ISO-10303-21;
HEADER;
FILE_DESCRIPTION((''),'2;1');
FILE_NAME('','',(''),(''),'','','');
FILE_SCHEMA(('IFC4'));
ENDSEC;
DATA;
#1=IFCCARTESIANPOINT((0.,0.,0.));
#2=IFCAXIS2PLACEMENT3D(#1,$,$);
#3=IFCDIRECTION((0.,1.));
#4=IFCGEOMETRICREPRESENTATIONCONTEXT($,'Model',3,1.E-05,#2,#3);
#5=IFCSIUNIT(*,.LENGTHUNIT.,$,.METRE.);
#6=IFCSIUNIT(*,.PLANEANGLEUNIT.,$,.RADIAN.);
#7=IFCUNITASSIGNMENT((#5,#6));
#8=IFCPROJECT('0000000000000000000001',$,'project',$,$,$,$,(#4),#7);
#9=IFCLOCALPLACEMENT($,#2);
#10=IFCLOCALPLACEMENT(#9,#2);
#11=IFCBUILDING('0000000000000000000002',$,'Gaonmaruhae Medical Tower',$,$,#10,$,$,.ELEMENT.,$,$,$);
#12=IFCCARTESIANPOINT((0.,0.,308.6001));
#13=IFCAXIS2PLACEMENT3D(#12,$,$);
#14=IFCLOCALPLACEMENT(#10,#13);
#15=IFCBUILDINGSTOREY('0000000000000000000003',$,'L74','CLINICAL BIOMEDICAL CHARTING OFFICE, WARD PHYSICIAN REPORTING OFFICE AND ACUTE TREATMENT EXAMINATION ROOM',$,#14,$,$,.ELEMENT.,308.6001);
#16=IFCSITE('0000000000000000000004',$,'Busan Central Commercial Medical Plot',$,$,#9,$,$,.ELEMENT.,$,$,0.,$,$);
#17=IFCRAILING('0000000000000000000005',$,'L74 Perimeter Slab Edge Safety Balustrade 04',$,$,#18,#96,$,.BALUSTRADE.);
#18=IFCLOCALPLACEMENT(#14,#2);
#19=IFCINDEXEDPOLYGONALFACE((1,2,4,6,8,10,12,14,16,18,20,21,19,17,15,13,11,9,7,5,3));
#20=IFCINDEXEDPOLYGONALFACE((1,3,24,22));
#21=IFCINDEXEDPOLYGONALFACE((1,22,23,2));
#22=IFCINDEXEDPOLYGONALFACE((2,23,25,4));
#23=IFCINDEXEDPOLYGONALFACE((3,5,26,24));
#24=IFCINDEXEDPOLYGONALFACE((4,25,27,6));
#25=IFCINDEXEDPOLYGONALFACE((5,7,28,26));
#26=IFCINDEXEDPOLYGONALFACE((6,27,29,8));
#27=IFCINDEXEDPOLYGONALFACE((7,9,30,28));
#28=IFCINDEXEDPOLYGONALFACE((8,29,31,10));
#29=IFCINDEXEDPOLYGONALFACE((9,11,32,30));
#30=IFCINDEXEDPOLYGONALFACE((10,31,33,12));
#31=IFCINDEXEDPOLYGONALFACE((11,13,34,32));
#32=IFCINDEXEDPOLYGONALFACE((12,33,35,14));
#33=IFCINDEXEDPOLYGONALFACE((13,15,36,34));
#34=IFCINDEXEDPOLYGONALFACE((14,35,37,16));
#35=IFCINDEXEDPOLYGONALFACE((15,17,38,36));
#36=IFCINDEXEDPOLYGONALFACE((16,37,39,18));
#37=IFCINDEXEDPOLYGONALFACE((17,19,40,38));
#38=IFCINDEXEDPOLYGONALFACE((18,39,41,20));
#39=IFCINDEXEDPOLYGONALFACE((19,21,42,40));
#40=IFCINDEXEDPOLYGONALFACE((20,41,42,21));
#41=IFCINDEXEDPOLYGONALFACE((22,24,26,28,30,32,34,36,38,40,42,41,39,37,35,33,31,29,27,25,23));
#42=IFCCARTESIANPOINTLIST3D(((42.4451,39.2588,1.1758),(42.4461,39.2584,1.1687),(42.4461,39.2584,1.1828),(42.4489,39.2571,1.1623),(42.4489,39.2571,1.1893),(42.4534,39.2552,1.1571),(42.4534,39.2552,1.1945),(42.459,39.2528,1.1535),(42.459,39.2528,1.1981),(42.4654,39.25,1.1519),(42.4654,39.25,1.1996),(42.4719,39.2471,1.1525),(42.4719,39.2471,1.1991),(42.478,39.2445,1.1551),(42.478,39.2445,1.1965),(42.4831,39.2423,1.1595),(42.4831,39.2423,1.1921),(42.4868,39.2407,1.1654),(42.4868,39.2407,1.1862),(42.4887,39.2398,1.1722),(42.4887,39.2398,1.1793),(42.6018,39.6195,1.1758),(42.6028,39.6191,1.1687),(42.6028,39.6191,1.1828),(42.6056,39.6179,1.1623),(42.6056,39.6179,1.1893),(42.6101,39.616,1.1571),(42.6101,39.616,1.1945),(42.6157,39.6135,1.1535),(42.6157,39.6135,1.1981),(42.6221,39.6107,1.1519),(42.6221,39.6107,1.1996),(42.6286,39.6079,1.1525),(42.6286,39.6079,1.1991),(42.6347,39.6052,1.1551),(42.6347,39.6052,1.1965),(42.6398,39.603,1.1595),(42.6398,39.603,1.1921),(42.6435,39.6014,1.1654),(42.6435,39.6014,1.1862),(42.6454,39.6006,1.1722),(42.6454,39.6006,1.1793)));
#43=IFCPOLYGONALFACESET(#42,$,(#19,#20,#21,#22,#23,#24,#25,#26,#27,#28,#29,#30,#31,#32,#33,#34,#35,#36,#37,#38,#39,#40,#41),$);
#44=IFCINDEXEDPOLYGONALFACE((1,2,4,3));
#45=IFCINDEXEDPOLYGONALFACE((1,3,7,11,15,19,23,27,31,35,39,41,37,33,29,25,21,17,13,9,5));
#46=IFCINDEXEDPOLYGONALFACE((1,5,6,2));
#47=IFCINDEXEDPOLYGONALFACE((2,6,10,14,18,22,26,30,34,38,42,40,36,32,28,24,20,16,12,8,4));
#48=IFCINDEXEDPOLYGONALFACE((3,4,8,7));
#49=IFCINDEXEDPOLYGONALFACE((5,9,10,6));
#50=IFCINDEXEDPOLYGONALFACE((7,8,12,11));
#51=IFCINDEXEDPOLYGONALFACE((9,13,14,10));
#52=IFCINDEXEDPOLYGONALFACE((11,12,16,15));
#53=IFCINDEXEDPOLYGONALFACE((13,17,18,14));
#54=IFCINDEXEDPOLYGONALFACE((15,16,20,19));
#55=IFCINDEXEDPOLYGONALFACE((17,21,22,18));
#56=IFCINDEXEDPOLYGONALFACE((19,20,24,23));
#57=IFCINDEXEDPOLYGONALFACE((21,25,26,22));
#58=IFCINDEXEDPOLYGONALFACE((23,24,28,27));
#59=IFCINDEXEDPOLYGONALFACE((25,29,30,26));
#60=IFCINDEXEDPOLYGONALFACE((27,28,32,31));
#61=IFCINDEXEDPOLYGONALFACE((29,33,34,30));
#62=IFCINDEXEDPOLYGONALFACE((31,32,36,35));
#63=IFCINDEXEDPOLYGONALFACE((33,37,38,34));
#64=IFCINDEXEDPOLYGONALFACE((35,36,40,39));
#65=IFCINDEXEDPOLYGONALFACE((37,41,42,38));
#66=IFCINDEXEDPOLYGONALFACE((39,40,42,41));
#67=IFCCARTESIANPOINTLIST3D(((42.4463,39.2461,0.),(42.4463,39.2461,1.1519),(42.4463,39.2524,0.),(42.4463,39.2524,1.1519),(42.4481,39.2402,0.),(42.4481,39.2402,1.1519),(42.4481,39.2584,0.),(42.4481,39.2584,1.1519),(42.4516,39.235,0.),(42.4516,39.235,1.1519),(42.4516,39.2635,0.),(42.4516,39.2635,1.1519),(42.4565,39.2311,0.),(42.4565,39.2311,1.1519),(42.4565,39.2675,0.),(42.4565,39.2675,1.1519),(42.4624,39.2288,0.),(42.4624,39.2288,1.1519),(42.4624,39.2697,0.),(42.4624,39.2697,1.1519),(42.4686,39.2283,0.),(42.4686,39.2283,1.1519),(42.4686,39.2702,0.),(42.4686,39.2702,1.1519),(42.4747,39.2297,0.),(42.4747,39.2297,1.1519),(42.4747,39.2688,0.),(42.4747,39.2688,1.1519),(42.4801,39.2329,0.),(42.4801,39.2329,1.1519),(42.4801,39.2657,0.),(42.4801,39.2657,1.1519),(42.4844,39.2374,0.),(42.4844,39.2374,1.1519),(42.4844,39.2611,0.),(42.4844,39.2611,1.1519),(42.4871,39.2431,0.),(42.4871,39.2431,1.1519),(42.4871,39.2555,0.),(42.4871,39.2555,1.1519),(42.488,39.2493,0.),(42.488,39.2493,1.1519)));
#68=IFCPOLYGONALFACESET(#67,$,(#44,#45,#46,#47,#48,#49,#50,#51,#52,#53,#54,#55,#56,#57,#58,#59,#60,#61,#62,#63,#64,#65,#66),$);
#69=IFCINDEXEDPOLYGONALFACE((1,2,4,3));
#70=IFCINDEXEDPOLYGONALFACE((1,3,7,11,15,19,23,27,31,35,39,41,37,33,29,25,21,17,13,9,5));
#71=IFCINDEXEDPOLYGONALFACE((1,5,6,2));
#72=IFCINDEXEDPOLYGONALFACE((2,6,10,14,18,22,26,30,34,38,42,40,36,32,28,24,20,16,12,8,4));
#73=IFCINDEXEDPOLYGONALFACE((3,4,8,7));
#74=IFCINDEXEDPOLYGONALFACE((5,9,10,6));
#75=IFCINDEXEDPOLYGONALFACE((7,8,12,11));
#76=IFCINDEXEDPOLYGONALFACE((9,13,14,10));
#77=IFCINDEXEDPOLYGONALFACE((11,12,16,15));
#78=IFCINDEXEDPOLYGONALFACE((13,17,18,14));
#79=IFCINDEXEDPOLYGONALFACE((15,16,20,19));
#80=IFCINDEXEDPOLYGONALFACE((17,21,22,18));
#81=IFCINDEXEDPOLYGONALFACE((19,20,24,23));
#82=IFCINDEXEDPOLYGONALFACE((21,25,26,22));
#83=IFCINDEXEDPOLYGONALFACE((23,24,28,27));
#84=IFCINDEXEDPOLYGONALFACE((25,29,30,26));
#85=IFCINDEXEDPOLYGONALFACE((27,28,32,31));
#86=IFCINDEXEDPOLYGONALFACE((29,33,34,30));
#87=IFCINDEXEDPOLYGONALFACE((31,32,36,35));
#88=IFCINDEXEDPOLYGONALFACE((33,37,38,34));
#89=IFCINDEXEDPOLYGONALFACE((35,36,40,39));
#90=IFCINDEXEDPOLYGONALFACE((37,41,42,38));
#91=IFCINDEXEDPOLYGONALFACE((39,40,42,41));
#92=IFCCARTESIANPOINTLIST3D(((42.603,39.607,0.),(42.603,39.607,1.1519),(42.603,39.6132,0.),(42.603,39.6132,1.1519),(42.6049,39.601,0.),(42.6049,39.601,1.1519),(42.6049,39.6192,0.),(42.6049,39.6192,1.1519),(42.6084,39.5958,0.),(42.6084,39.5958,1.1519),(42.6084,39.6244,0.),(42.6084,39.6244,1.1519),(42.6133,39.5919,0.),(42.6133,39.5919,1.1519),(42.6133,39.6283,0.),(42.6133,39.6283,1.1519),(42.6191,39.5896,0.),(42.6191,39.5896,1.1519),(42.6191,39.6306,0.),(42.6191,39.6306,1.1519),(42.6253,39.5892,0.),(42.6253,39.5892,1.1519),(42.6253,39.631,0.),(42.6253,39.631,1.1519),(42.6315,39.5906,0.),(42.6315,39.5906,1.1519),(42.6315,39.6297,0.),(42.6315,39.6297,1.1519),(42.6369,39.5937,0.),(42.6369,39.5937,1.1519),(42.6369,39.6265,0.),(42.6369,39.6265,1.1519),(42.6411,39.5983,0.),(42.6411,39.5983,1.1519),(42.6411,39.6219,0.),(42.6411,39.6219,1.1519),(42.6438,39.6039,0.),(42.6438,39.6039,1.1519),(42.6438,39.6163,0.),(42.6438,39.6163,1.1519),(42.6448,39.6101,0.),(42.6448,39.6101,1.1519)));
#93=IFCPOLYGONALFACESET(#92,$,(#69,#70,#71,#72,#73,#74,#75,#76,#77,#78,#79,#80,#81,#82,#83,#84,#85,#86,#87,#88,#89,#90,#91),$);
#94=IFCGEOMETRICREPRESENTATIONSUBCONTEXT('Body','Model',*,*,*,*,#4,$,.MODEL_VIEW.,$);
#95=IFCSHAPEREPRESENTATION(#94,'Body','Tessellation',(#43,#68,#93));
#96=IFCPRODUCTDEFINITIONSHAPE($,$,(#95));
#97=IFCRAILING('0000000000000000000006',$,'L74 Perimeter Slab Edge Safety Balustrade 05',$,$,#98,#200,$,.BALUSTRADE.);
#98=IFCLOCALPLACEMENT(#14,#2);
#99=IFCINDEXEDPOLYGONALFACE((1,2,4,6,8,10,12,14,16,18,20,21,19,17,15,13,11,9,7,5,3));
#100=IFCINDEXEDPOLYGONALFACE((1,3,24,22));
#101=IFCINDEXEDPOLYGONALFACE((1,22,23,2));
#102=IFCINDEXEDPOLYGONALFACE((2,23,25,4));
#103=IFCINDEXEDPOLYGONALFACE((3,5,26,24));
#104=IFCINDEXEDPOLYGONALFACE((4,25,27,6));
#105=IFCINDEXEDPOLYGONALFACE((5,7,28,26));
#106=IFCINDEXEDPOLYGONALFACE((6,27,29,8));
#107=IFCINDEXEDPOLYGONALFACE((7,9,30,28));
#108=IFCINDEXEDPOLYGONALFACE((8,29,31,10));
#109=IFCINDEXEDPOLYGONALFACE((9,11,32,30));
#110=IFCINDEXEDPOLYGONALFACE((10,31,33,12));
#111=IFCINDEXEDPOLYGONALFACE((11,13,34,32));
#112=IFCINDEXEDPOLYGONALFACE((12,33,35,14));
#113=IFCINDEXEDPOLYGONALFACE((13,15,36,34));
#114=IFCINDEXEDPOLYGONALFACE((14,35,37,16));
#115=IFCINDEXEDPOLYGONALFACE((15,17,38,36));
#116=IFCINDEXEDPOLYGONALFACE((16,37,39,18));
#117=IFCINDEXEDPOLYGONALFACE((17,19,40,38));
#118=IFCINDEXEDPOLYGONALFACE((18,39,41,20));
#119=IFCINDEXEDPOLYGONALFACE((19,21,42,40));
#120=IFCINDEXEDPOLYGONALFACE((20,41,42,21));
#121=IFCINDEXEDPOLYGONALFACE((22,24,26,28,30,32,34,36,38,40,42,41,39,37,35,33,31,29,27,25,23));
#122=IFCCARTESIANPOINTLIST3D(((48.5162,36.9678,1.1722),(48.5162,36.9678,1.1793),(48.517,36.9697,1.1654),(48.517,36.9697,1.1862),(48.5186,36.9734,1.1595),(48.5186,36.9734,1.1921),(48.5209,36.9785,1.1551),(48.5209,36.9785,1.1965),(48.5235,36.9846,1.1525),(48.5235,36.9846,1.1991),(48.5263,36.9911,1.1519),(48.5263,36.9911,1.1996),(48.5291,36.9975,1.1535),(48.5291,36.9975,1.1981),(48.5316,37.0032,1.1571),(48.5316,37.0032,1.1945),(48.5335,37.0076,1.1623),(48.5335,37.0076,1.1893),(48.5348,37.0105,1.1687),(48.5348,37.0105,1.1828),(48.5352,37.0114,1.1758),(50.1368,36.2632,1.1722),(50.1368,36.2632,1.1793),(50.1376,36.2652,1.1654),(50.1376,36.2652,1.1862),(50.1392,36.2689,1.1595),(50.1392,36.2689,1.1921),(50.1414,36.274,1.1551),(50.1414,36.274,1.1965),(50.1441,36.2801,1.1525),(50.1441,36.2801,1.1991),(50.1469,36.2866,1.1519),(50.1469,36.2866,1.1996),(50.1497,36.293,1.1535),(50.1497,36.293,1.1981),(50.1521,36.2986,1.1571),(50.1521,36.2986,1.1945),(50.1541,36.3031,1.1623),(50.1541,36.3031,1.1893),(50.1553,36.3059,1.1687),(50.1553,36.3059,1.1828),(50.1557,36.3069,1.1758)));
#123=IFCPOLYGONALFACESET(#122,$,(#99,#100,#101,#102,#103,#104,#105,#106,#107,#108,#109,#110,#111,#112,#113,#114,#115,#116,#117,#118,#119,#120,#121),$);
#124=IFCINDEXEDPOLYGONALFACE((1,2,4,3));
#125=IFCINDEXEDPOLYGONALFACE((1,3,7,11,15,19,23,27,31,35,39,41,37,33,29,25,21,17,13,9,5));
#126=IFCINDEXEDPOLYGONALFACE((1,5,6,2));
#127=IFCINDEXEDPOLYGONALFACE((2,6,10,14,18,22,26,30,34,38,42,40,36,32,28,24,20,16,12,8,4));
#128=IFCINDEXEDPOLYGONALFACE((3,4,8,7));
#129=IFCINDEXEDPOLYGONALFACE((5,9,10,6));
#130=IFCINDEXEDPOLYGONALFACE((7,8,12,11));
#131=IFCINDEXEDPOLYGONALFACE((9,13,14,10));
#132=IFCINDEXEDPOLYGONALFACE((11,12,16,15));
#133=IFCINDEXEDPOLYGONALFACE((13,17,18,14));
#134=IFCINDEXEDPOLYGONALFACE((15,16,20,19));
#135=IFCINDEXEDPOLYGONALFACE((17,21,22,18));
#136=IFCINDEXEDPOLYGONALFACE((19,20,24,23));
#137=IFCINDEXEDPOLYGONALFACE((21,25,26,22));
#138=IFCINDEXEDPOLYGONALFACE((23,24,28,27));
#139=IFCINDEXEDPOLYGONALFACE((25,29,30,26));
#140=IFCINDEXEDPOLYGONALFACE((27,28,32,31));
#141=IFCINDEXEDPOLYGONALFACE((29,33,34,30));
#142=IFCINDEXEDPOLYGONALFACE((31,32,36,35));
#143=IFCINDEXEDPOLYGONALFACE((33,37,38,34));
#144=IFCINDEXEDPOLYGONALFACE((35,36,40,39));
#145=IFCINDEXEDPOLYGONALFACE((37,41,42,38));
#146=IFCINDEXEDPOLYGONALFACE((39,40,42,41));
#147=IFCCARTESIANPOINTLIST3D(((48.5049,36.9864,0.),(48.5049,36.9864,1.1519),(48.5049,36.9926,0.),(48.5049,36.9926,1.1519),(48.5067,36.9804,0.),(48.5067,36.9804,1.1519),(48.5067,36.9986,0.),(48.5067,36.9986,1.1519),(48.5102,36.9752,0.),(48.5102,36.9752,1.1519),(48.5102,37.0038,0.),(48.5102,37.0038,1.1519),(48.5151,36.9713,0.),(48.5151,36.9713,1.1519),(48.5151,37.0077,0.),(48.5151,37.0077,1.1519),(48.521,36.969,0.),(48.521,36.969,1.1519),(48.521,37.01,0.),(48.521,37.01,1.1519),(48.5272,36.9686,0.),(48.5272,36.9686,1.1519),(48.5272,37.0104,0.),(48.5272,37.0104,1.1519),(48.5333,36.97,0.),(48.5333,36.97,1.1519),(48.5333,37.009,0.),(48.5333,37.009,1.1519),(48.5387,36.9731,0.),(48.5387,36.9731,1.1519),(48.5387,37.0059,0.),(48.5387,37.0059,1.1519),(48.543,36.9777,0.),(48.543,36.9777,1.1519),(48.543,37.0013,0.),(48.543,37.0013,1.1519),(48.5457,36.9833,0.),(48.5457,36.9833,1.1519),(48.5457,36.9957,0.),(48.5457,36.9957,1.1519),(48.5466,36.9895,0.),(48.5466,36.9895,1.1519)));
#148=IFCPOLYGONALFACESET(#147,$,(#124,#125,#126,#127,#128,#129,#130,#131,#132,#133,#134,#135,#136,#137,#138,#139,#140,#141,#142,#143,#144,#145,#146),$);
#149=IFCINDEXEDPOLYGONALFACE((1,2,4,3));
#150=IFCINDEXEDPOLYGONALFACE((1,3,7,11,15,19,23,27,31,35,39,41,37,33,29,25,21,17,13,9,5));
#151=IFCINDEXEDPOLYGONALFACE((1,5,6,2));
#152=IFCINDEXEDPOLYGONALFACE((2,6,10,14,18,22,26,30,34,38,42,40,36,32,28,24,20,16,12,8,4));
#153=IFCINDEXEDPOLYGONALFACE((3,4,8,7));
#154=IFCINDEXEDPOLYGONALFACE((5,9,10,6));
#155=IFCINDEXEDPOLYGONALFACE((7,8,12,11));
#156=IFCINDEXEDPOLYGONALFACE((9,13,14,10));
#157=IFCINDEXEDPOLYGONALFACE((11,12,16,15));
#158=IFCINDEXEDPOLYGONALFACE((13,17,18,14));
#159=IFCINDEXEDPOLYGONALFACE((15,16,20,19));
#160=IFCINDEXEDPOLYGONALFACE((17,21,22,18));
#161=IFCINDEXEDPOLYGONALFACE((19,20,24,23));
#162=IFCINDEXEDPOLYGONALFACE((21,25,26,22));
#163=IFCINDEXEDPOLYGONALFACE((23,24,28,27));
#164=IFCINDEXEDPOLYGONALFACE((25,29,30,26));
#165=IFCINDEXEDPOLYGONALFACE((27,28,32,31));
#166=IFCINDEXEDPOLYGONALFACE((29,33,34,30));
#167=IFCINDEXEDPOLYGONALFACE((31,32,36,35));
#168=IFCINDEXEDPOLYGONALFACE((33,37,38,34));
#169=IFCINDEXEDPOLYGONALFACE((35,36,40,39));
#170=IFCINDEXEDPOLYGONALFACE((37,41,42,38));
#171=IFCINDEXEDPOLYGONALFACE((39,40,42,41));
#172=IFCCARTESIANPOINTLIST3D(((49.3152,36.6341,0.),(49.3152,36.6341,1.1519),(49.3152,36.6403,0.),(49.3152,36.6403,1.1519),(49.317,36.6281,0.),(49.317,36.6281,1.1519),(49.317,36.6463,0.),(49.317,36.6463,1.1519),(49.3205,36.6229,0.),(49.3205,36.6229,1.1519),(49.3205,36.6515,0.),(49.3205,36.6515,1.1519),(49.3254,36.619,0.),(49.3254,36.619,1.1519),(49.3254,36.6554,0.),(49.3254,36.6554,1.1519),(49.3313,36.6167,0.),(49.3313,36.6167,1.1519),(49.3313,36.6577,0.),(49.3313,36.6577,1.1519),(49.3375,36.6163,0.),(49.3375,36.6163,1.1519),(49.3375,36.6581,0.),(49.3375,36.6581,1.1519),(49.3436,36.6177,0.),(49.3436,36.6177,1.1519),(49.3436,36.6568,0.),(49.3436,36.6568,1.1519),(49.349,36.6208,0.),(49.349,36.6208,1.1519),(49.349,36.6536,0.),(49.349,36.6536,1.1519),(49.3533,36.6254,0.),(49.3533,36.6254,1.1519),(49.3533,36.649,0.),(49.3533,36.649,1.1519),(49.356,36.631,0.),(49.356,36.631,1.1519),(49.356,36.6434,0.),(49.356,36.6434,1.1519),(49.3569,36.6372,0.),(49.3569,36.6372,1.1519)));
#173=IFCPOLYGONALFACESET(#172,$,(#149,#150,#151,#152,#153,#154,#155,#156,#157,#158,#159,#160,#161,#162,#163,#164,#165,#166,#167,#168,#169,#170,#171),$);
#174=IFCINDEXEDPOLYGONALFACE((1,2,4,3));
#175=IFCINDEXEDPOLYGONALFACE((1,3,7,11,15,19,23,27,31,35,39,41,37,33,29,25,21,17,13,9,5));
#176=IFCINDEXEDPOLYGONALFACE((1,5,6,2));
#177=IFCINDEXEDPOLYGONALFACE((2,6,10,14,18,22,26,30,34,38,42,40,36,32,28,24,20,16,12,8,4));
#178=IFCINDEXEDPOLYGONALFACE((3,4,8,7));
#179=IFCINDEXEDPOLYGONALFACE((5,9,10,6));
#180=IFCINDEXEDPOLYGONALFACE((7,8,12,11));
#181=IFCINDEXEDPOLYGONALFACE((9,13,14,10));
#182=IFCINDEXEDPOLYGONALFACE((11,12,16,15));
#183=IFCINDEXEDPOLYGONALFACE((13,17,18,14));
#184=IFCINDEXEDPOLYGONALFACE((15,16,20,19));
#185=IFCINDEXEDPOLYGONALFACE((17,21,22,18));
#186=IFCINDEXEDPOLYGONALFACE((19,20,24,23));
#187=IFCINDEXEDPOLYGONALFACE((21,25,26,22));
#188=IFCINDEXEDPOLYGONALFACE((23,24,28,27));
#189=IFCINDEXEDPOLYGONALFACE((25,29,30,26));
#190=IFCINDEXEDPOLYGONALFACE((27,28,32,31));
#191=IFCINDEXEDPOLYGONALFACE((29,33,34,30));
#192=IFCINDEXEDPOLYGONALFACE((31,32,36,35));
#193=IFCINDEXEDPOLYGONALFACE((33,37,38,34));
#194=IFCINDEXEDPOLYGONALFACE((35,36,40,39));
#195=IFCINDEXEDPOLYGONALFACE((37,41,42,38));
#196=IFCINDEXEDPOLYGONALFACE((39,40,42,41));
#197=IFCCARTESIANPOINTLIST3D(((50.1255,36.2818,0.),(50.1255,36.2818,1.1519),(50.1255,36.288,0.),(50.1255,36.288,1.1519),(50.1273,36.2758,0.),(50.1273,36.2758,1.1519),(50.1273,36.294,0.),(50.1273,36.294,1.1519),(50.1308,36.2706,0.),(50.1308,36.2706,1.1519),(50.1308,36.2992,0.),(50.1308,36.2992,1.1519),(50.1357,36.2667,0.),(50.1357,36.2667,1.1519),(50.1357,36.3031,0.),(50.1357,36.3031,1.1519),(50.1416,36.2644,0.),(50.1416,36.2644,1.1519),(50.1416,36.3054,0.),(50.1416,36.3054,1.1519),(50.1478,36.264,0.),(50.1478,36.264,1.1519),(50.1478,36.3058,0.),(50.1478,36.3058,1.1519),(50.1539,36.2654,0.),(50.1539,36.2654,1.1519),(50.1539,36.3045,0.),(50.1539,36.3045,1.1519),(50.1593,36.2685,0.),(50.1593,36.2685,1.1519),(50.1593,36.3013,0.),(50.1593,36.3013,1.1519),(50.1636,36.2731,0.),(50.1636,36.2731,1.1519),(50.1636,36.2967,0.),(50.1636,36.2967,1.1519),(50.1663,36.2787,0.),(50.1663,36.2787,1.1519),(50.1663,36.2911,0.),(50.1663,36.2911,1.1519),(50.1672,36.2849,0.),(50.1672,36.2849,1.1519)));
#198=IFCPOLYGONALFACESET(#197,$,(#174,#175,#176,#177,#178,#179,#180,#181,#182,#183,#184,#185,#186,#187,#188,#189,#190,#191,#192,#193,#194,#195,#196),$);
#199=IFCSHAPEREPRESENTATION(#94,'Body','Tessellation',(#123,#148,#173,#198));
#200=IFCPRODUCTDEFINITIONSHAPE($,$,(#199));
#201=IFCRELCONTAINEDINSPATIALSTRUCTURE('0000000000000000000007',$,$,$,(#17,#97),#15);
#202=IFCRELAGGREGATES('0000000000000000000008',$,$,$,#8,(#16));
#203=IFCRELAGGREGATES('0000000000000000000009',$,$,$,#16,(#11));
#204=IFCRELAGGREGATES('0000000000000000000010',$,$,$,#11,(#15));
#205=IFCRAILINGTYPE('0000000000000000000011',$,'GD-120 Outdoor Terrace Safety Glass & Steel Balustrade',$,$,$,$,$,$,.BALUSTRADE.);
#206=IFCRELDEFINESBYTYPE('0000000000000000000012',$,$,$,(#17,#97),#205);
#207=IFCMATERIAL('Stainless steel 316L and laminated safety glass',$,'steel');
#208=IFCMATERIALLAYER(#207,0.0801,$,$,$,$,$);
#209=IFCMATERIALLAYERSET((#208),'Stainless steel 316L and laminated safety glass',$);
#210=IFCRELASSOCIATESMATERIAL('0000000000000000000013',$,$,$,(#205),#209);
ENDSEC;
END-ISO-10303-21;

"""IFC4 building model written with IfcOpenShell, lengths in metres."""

from ifc_helpers import new_model, si_unit, direction, frame, origin, origin_2d, place, context, subcontext, project, spatial, circle, extrude, material, layer, layer_set, type_object, element, save


model = new_model("IFC4")

# Units and contexts
model_context = context("Model", 3, precision=1e-05, world=origin(), true_north=direction((0.0, 1.0)))
body_context = subcontext(model_context, "Body", "Model", "MODEL_VIEW")
ifc_project = project(units=[si_unit("LENGTHUNIT", "METRE"), si_unit("PLANEANGLEUNIT", "RADIAN")], contexts=[model_context])

# Site, building, storey
site_placement = place(None, origin())
site = spatial("IfcSite", under=ifc_project, at=site_placement, Name="Busan Central Commercial Medical Plot", CompositionType="ELEMENT", RefElevation=0.0)
building_placement = place(site_placement, origin())
building = spatial("IfcBuilding", under=site, at=building_placement, Name="Gaonmaruhae Medical Tower", CompositionType="ELEMENT")
storey_placement = place(building_placement, frame((0.0, 0.0, 308.6001)))
storey = spatial("IfcBuildingStorey", under=building, at=storey_placement, Name="L74", Description="CLINICAL BIOMEDICAL CHARTING OFFICE, WARD PHYSICIAN REPORTING OFFICE AND ACUTE TREATMENT EXAMINATION ROOM", CompositionType="ELEMENT", Elevation=308.6001)

# Railings
ifc_material_1 = material(Name="Stainless steel 316L and laminated safety glass", Category="steel")
ifc_layer_1 = layer(ifc_material_1, 0.0801)
ifc_layer_set_1 = layer_set([ifc_layer_1], Name="Stainless steel 316L and laminated safety glass")
railing_type = type_object("IfcRailingType", Name="GD-120 Outdoor Terrace Safety Glass & Steel Balustrade", PredefinedType="BALUSTRADE", material=ifc_layer_set_1)
railing_1_placement = place(storey_placement, frame((42.467, 39.2493, 0.0)))
element("IfcRailing", 1, at=railing_1_placement, inside=storey, type_object=railing_type, Name="L74 Perimeter Slab Edge Safety Balustrade 04", PredefinedType="BALUSTRADE", context=body_context, shape_type="SweptSolid", body=[
    extrude(circle(Radius=0.0239, at=origin_2d()), frame((0.0, 0.0, 1.1758), z_axis=(0.398408, 0.917208, 0.0), x_axis=(-0.917208, 0.398408, 0.0)), (0.0, 0.0, 1.0), 0.3933),
    extrude(circle(Radius=0.021, at=origin_2d()), origin(), (0.0, 0.0, 1.0), 1.1519),
    extrude(circle(Radius=0.021, at=origin_2d()), frame((0.1567, 0.3608, 0.0)), (0.0, 0.0, 1.0), 1.1519),
])
railing_2_placement = place(storey_placement, frame((48.5256, 36.9895, 0.0)))
element("IfcRailing", 2, at=railing_2_placement, inside=storey, type_object=railing_type, Name="L74 Perimeter Slab Edge Safety Balustrade 05", PredefinedType="BALUSTRADE", context=body_context, shape_type="SweptSolid", body=[
    extrude(circle(Radius=0.0239, at=origin_2d()), frame((0.0, 0.0, 1.1758), z_axis=(0.917074, -0.398716, 0.0), x_axis=(0.398716, 0.917074, 0.0)), (0.0, 0.0, 1.0), 1.7671),
    extrude(circle(Radius=0.021, at=origin_2d()), origin(), (0.0, 0.0, 1.0), 1.1519),
    extrude(circle(Radius=0.021, at=origin_2d()), frame((0.8103, -0.3523, 0.0)), (0.0, 0.0, 1.0), 1.1519),
    extrude(circle(Radius=0.021, at=origin_2d()), frame((1.6206, -0.7046, 0.0)), (0.0, 0.0, 1.0), 1.1519),
])

save(model, "model.ifc")
